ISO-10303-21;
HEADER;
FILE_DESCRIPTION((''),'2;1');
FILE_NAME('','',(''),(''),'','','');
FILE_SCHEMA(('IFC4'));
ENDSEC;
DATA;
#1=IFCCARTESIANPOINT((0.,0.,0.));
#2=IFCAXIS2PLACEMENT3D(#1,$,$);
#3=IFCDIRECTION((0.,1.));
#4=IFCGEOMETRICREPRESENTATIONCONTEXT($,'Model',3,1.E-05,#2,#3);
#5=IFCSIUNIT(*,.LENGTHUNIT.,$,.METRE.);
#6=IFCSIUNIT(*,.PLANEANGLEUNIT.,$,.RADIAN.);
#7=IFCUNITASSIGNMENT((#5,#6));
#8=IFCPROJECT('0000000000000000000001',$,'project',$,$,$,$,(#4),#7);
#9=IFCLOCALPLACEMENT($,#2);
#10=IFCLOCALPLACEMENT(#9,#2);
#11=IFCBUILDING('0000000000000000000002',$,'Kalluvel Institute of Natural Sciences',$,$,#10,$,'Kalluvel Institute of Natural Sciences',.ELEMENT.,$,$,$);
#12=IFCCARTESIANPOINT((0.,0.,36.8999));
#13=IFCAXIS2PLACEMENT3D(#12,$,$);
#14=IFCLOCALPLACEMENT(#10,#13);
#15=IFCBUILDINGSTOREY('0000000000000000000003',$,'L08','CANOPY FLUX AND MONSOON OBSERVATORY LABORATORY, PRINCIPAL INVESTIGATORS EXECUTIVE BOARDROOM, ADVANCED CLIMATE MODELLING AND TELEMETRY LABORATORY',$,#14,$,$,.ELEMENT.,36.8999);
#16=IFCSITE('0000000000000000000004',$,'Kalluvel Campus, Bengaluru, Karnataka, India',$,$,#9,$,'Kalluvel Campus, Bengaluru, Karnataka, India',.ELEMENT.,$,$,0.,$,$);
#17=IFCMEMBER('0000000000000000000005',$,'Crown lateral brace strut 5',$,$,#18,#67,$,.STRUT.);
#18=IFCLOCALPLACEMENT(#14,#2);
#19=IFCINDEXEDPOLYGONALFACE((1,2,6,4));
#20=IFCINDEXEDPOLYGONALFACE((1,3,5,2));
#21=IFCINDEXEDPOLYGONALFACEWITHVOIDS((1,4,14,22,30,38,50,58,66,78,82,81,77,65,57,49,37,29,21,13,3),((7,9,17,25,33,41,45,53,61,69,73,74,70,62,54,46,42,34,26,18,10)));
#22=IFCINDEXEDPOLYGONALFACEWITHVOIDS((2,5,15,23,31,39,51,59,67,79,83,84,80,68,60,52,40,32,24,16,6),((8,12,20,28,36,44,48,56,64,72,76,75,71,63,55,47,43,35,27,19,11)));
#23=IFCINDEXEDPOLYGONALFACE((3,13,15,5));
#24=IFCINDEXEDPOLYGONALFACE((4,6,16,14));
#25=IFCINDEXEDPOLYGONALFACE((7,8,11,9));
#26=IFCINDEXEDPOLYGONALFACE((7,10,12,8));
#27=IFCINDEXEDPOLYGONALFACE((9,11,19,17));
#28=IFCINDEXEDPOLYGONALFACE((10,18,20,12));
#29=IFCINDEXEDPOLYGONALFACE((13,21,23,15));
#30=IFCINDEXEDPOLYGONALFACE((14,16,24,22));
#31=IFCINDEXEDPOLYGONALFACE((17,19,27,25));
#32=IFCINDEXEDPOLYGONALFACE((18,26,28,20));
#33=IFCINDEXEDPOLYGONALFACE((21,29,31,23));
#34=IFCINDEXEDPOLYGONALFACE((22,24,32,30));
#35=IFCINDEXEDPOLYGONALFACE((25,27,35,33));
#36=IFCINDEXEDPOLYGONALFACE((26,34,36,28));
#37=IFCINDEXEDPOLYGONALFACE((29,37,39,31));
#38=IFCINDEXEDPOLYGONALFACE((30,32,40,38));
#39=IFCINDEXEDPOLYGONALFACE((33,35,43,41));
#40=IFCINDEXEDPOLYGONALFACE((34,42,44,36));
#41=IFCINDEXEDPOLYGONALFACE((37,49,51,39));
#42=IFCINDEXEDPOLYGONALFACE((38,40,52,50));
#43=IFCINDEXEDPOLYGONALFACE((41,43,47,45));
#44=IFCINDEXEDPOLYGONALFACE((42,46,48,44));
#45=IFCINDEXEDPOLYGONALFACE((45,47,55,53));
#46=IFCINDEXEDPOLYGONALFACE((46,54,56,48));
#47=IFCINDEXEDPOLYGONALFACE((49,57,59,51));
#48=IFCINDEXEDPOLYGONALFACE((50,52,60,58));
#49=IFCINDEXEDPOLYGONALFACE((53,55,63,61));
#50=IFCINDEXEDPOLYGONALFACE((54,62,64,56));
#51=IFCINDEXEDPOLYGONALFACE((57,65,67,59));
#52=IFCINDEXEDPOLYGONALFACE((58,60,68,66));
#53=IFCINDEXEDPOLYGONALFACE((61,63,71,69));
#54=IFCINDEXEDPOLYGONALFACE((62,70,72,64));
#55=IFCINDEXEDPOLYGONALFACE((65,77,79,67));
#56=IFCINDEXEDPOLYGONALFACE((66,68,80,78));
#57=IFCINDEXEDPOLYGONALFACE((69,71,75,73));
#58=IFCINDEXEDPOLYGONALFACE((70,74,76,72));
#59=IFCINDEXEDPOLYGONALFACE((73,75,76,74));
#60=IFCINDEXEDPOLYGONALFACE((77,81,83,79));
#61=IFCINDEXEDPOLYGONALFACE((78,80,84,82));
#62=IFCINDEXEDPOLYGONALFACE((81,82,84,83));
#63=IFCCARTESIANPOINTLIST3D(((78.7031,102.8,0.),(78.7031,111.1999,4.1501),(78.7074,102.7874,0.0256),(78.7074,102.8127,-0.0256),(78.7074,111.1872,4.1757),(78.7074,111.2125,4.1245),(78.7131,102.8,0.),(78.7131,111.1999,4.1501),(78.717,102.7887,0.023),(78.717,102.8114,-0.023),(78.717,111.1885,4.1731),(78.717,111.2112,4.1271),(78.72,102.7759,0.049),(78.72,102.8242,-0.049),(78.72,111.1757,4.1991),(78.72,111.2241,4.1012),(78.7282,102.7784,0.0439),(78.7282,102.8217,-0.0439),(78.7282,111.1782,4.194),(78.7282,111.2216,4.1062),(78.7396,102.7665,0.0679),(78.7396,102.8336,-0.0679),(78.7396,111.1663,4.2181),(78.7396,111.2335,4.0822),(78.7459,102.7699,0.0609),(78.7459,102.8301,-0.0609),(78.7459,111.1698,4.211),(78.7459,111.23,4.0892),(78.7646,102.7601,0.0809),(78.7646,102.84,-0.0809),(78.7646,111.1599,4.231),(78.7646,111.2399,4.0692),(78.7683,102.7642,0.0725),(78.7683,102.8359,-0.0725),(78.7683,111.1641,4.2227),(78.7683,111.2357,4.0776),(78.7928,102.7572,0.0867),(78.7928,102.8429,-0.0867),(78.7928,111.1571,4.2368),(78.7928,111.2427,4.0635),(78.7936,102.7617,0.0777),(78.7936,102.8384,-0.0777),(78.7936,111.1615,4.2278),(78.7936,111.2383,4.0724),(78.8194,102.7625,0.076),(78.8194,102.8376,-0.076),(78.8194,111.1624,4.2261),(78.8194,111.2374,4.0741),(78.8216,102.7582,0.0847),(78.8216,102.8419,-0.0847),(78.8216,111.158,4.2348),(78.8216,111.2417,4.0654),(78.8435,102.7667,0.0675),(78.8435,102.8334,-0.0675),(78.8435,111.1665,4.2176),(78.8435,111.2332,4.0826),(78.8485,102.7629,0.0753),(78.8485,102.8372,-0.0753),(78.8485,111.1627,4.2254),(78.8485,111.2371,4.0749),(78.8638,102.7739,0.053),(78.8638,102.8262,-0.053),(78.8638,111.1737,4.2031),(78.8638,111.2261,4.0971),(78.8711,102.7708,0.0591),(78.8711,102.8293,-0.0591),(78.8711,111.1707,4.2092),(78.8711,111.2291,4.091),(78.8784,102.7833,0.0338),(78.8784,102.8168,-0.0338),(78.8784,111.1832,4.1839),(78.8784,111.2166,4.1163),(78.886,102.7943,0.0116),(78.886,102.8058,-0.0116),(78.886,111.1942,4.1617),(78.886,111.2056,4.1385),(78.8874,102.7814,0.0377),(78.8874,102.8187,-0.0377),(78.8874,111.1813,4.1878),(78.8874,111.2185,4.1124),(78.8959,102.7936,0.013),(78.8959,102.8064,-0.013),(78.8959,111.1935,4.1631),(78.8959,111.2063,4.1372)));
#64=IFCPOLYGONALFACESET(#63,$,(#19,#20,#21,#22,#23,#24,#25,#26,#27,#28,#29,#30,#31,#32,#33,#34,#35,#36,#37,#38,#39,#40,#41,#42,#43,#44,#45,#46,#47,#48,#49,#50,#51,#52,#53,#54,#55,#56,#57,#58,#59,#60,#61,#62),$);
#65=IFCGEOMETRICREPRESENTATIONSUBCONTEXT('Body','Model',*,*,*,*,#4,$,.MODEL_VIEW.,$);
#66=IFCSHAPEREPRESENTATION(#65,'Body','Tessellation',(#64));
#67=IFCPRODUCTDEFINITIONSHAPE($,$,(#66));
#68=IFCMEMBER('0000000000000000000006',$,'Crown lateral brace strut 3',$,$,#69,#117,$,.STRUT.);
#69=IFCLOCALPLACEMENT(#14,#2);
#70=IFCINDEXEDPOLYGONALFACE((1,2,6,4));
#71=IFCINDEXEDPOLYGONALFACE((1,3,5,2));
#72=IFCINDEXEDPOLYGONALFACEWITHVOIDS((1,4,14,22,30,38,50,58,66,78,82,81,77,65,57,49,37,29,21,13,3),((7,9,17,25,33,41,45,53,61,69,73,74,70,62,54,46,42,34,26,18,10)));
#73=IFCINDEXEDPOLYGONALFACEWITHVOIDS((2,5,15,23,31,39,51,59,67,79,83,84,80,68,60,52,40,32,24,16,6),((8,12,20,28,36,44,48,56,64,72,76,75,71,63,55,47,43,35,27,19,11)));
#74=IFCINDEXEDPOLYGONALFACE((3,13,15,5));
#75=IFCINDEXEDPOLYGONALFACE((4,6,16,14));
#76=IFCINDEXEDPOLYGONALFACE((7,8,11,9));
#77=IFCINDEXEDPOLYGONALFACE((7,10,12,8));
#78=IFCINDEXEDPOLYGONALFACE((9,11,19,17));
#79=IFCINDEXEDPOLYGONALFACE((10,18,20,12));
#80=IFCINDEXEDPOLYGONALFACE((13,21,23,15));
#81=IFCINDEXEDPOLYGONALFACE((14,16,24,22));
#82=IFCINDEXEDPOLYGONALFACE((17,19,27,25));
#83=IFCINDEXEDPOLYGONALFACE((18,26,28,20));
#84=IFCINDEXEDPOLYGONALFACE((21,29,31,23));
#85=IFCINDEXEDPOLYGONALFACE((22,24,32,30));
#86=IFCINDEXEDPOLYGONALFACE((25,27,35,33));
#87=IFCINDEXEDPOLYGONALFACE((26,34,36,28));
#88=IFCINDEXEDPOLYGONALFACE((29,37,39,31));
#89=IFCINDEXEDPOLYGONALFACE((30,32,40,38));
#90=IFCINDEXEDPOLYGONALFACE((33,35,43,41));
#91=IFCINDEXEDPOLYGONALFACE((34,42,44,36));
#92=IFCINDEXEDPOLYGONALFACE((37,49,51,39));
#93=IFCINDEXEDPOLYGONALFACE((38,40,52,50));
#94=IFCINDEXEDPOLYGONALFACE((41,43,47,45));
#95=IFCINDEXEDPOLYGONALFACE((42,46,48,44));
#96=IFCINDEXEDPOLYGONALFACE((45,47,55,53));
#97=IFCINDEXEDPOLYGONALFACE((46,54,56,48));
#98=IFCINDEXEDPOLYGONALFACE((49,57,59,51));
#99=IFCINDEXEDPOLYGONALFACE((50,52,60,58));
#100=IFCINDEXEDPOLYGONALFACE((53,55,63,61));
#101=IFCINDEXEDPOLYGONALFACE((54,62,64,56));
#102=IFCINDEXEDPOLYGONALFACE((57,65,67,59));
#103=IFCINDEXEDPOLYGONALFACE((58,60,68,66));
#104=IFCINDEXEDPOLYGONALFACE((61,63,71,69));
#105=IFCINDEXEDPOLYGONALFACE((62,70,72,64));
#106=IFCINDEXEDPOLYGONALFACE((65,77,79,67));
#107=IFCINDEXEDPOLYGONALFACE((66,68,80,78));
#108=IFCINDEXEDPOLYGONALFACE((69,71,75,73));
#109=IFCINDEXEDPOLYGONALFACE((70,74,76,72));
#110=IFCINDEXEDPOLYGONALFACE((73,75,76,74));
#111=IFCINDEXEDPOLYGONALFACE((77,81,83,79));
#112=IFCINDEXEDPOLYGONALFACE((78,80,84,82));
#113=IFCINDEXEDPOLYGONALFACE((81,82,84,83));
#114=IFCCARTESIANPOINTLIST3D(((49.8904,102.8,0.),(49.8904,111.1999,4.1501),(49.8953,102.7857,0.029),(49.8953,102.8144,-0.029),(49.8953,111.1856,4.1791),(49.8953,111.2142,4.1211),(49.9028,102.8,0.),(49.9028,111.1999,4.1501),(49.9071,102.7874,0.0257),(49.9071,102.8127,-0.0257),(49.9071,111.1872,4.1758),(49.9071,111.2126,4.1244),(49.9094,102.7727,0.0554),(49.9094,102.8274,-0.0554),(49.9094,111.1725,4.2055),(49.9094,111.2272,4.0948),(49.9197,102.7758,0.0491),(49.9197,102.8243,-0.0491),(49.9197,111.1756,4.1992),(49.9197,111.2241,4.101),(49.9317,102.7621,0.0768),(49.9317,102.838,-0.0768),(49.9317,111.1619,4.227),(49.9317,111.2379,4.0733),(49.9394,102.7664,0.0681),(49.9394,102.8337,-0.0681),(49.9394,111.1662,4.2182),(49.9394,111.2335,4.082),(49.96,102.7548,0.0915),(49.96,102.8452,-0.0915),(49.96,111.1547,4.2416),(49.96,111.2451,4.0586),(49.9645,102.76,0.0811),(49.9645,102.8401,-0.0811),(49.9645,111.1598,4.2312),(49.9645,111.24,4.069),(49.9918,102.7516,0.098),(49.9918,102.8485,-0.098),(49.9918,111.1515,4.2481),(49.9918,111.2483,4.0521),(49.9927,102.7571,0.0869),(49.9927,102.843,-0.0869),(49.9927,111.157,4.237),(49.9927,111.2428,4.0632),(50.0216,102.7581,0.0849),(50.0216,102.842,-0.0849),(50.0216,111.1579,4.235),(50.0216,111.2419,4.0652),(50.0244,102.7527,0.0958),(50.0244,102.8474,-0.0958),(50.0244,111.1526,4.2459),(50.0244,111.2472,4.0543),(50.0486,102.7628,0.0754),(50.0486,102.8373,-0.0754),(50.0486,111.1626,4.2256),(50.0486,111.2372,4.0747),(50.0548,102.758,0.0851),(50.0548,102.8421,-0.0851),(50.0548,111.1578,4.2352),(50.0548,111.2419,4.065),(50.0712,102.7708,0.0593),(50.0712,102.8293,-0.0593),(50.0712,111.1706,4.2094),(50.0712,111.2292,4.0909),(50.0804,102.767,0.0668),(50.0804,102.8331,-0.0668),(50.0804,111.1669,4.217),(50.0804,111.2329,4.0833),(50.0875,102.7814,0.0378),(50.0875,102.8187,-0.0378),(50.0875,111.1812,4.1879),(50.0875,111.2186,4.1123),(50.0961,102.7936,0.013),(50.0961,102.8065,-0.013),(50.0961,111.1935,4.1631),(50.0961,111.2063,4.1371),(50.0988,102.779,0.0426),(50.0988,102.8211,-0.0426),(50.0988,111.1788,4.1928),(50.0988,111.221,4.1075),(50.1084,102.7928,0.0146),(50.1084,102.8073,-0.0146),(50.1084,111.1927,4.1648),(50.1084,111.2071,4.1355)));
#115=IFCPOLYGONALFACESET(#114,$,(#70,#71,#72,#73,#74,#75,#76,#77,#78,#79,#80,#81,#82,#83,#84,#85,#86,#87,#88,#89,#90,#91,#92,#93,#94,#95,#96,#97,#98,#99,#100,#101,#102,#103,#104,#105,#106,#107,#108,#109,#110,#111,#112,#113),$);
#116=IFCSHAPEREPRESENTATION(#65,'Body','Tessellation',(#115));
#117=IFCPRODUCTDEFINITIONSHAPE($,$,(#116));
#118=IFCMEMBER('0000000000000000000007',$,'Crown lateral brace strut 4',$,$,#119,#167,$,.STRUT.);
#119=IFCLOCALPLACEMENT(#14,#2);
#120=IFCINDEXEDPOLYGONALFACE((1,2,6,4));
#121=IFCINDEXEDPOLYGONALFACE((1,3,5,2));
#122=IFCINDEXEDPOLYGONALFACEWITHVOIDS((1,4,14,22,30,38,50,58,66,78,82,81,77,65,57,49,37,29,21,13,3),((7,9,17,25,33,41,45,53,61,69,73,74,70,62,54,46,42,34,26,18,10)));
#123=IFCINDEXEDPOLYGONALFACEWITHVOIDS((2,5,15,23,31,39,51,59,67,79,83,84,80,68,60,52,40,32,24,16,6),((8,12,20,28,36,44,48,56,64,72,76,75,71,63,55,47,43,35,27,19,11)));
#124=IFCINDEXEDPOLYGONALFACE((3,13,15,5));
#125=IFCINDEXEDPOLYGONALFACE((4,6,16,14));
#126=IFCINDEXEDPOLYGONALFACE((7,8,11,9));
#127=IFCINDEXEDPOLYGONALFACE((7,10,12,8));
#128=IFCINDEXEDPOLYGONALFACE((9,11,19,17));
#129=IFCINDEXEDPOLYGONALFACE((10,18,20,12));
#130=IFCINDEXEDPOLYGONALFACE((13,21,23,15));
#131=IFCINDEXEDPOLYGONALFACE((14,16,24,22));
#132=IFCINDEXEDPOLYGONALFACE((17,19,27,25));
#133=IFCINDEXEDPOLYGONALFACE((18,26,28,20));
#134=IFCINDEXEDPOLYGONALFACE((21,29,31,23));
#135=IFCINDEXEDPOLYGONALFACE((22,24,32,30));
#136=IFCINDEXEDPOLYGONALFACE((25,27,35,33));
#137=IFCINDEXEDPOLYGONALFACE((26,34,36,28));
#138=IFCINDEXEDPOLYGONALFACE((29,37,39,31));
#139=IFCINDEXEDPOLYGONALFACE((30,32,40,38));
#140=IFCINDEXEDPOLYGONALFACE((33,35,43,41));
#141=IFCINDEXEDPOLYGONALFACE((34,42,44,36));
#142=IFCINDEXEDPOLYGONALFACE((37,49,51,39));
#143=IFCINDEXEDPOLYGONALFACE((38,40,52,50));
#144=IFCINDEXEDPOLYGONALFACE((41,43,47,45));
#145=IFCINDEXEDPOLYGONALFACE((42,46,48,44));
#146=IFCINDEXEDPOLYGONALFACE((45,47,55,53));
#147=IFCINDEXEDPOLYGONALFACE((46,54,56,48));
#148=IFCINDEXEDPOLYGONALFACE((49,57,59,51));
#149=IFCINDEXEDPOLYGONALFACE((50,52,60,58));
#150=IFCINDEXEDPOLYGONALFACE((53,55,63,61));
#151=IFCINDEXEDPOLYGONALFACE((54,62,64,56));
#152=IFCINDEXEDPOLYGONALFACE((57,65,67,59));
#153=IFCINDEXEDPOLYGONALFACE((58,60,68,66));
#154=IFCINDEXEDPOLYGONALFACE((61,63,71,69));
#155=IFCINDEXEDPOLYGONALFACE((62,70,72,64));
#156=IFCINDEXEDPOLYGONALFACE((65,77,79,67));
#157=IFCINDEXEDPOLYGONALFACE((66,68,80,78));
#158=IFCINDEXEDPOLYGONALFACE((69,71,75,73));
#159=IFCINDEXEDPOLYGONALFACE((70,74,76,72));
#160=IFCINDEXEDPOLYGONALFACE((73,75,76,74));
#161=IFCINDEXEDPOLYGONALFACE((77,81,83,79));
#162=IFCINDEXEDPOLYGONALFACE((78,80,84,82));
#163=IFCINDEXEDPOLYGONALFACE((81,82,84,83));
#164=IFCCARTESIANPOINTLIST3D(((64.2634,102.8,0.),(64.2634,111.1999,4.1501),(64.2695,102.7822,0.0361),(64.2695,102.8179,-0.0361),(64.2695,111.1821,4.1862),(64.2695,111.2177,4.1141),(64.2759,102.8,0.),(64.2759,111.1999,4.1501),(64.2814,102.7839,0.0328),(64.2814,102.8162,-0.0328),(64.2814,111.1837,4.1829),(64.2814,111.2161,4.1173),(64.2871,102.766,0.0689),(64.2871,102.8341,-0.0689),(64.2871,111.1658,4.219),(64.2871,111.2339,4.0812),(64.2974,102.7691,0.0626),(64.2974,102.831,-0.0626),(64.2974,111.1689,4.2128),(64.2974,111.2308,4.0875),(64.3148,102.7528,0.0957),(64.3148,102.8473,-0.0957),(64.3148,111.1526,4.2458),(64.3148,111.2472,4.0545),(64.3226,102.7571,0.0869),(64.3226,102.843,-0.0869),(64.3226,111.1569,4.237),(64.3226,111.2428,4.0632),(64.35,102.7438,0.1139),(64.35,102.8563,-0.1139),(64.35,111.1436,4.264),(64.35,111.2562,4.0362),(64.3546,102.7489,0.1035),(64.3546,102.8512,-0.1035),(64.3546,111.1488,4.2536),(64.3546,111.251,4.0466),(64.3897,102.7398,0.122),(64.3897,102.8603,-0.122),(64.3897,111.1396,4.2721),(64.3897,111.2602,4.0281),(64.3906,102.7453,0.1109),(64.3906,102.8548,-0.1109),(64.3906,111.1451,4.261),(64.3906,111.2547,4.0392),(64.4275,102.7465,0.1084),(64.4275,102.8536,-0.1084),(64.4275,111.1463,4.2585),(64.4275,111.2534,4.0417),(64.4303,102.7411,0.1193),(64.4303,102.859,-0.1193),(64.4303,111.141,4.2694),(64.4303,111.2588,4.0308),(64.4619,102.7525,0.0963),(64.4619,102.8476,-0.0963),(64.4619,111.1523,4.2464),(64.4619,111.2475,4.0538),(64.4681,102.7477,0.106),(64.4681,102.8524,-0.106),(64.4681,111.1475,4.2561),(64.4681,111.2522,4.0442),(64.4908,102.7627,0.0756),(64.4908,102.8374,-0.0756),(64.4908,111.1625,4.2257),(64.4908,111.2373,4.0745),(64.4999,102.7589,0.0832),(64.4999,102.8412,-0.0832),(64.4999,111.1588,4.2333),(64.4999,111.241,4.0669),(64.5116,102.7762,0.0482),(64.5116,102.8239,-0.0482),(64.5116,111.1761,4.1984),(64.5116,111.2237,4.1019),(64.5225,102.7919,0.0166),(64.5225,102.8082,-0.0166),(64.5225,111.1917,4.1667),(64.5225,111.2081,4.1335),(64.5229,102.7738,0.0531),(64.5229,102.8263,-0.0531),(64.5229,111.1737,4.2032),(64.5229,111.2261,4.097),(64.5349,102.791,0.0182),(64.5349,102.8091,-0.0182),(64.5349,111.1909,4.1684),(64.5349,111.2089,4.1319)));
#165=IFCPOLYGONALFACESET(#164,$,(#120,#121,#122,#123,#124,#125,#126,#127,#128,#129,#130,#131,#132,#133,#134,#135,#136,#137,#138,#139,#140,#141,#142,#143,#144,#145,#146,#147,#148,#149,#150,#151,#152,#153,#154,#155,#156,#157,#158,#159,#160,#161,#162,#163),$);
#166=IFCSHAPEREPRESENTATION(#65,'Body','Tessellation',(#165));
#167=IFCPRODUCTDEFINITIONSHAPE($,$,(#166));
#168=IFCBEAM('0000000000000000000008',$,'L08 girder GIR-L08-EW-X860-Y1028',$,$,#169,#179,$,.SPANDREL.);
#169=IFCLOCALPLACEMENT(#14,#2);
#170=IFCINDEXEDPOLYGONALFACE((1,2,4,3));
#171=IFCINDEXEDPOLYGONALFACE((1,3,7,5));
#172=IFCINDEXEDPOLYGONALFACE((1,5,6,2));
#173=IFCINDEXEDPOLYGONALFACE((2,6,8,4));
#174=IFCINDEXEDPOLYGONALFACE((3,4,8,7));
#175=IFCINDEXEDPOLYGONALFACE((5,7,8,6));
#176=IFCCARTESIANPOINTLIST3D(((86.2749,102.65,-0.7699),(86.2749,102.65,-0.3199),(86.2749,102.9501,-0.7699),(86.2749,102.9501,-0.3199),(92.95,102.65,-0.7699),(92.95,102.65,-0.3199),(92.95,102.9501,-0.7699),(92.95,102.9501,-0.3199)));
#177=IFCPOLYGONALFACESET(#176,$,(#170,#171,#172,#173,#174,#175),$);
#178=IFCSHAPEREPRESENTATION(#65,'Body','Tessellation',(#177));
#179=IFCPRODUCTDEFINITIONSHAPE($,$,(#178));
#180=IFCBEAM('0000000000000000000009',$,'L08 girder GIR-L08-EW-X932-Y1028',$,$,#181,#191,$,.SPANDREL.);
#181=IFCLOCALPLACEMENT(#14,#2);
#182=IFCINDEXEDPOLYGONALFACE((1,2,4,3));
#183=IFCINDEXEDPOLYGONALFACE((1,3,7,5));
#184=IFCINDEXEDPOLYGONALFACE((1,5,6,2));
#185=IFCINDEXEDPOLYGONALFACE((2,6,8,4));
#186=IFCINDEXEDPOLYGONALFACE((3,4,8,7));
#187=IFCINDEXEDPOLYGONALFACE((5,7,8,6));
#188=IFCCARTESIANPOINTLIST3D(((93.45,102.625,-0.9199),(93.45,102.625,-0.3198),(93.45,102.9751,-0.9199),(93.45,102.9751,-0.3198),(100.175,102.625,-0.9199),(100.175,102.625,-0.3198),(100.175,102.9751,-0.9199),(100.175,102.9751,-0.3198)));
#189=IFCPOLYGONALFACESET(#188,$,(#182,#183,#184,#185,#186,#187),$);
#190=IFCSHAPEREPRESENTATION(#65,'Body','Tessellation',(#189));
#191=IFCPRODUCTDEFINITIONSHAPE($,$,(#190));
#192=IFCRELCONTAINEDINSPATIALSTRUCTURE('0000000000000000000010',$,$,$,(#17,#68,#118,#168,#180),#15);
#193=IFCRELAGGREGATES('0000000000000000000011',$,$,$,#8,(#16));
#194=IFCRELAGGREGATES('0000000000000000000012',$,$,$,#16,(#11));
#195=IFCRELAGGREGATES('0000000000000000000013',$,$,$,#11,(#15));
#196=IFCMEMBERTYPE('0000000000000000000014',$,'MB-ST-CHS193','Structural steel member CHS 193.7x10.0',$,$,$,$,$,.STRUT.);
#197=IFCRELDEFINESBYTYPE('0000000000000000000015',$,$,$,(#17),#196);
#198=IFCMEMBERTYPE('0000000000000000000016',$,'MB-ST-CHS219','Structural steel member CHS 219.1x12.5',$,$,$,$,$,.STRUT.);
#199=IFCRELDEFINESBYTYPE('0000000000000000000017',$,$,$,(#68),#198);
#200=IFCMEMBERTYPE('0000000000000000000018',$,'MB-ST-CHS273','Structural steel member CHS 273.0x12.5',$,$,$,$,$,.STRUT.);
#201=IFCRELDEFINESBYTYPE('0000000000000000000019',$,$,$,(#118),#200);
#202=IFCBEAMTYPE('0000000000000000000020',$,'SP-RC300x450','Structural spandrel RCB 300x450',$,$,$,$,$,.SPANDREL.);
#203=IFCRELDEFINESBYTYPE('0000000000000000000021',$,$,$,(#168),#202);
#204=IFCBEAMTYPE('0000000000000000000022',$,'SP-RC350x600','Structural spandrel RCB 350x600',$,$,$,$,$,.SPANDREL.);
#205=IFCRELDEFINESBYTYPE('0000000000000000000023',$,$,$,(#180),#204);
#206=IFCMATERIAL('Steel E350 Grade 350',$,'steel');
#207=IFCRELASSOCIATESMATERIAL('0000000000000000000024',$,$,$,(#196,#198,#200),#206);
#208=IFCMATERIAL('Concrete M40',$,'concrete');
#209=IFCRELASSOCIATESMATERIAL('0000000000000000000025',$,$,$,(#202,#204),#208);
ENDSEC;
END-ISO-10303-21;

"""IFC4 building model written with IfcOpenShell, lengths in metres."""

from ifc_helpers import new_model, si_unit, direction, frame, origin, origin_2d, place, context, subcontext, project, spatial, rectangle, hollow_circle, extrude, material, material_profile, profile_set, type_object, element, save


model = new_model("IFC4")

# Units and contexts
model_context = context("Model", 3, precision=1e-05, world=origin(), true_north=direction((0.0, 1.0)))
body_context = subcontext(model_context, "Body", "Model", "MODEL_VIEW")
ifc_project = project(units=[si_unit("LENGTHUNIT", "METRE"), si_unit("PLANEANGLEUNIT", "RADIAN")], contexts=[model_context])

# Site, building, storey
site_placement = place(None, origin())
site = spatial("IfcSite", under=ifc_project, at=site_placement, Name="Kalluvel Campus, Bengaluru, Karnataka, India", LongName="Kalluvel Campus, Bengaluru, Karnataka, India", CompositionType="ELEMENT", RefElevation=0.0)
building_placement = place(site_placement, origin())
building = spatial("IfcBuilding", under=site, at=building_placement, Name="Kalluvel Institute of Natural Sciences", LongName="Kalluvel Institute of Natural Sciences", CompositionType="ELEMENT")
storey_placement = place(building_placement, frame((0.0, 0.0, 36.8999)))
storey = spatial("IfcBuildingStorey", under=building, at=storey_placement, Name="L08", Description="CANOPY FLUX AND MONSOON OBSERVATORY LABORATORY, PRINCIPAL INVESTIGATORS EXECUTIVE BOARDROOM, ADVANCED CLIMATE MODELLING AND TELEMETRY LABORATORY", CompositionType="ELEMENT", Elevation=36.8999)

# Shared definitions
ifc_material_1 = material(Name="Concrete M40", Category="concrete")

# Members
ifc_material_2 = material(Name="Steel E350 Grade 350", Category="steel")
ifc_material_profile_1 = material_profile(ifc_material_2, hollow_circle(Radius=0.0969, WallThickness=0.01, at=origin_2d()), Name="CHS 193.7x10.0")
ifc_profile_set_1 = profile_set([ifc_material_profile_1], Name="Steel E350 Grade 350")
member_type_1 = type_object("IfcMemberType", Name="MB-ST-CHS193", Description="Structural steel member CHS 193.7x10.0", PredefinedType="STRUT", material=ifc_profile_set_1)
member_1_placement = place(storey_placement, frame((78.8, 102.8, 0.0), z_axis=(0.0, 0.896543, 0.442956), x_axis=(-1.0, 0.0, 0.0)))
element("IfcMember", 1, at=member_1_placement, inside=storey, type_object=member_type_1, Name="Crown lateral brace strut 5", PredefinedType="STRUT", context=body_context, shape_type="SweptSolid", body=[
    extrude(hollow_circle(Radius=0.0969, WallThickness=0.01, at=origin_2d()), origin(), (0.0, 0.0, 1.0), 9.3691),
])
ifc_material_profile_2 = material_profile(ifc_material_2, hollow_circle(Radius=0.1096, WallThickness=0.0125, at=origin_2d()), Name="CHS 219.1x12.5")
ifc_profile_set_2 = profile_set([ifc_material_profile_2], Name="Steel E350 Grade 350")
member_type_2 = type_object("IfcMemberType", Name="MB-ST-CHS219", Description="Structural steel member CHS 219.1x12.5", PredefinedType="STRUT", material=ifc_profile_set_2)
member_2_placement = place(storey_placement, frame((50.0, 102.8, 0.0), z_axis=(0.0, 0.896543, 0.442956), x_axis=(-1.0, 0.0, 0.0)))
element("IfcMember", 2, at=member_2_placement, inside=storey, type_object=member_type_2, Name="Crown lateral brace strut 3", PredefinedType="STRUT", context=body_context, shape_type="SweptSolid", body=[
    extrude(hollow_circle(Radius=0.1096, WallThickness=0.0125, at=origin_2d()), origin(), (0.0, 0.0, 1.0), 9.3691),
])
ifc_material_profile_3 = material_profile(ifc_material_2, hollow_circle(Radius=0.1365, WallThickness=0.0125, at=origin_2d()), Name="CHS 273.0x12.5")
ifc_profile_set_3 = profile_set([ifc_material_profile_3], Name="Steel E350 Grade 350")
member_type_3 = type_object("IfcMemberType", Name="MB-ST-CHS273", Description="Structural steel member CHS 273.0x12.5", PredefinedType="STRUT", material=ifc_profile_set_3)
member_3_placement = place(storey_placement, frame((64.3999, 102.8, 0.0), z_axis=(0.0, 0.896543, 0.442956), x_axis=(-1.0, 0.0, 0.0)))
element("IfcMember", 3, at=member_3_placement, inside=storey, type_object=member_type_3, Name="Crown lateral brace strut 4", PredefinedType="STRUT", context=body_context, shape_type="SweptSolid", body=[
    extrude(hollow_circle(Radius=0.1365, WallThickness=0.0125, at=origin_2d()), origin(), (0.0, 0.0, 1.0), 9.3691),
])

# Beams
ifc_material_profile_4 = material_profile(ifc_material_1, rectangle(XDim=0.3, YDim=0.45, at=origin_2d()), Name="RCB 300x450")
ifc_profile_set_4 = profile_set([ifc_material_profile_4], Name="Concrete M40")
beam_type_1 = type_object("IfcBeamType", Name="SP-RC300x450", Description="Structural spandrel RCB 300x450", PredefinedType="SPANDREL", material=ifc_profile_set_4)
beam_1_placement = place(storey_placement, frame((86.2749, 102.8, -0.5449), z_axis=(1.0, 0.0, 0.0), x_axis=(0.0, 1.0, 0.0)))
element("IfcBeam", 4, at=beam_1_placement, inside=storey, type_object=beam_type_1, Name="L08 girder GIR-L08-EW-X860-Y1028", PredefinedType="SPANDREL", context=body_context, shape_type="SweptSolid", body=[
    extrude(rectangle(XDim=0.3, YDim=0.45, at=origin_2d()), origin(), (0.0, 0.0, 1.0), 6.675),
])
ifc_material_profile_5 = material_profile(ifc_material_1, rectangle(XDim=0.3501, YDim=0.6001, at=origin_2d()), Name="RCB 350x600")
ifc_profile_set_5 = profile_set([ifc_material_profile_5], Name="Concrete M40")
beam_type_2 = type_object("IfcBeamType", Name="SP-RC350x600", Description="Structural spandrel RCB 350x600", PredefinedType="SPANDREL", material=ifc_profile_set_5)
beam_2_placement = place(storey_placement, frame((93.45, 102.8, -0.6199), z_axis=(1.0, 0.0, 0.0), x_axis=(0.0, 1.0, 0.0)))
element("IfcBeam", 5, at=beam_2_placement, inside=storey, type_object=beam_type_2, Name="L08 girder GIR-L08-EW-X932-Y1028", PredefinedType="SPANDREL", context=body_context, shape_type="SweptSolid", body=[
    extrude(rectangle(XDim=0.3501, YDim=0.6001, at=origin_2d()), origin(), (0.0, 0.0, 1.0), 6.7251),
])

save(model, "model.ifc")
